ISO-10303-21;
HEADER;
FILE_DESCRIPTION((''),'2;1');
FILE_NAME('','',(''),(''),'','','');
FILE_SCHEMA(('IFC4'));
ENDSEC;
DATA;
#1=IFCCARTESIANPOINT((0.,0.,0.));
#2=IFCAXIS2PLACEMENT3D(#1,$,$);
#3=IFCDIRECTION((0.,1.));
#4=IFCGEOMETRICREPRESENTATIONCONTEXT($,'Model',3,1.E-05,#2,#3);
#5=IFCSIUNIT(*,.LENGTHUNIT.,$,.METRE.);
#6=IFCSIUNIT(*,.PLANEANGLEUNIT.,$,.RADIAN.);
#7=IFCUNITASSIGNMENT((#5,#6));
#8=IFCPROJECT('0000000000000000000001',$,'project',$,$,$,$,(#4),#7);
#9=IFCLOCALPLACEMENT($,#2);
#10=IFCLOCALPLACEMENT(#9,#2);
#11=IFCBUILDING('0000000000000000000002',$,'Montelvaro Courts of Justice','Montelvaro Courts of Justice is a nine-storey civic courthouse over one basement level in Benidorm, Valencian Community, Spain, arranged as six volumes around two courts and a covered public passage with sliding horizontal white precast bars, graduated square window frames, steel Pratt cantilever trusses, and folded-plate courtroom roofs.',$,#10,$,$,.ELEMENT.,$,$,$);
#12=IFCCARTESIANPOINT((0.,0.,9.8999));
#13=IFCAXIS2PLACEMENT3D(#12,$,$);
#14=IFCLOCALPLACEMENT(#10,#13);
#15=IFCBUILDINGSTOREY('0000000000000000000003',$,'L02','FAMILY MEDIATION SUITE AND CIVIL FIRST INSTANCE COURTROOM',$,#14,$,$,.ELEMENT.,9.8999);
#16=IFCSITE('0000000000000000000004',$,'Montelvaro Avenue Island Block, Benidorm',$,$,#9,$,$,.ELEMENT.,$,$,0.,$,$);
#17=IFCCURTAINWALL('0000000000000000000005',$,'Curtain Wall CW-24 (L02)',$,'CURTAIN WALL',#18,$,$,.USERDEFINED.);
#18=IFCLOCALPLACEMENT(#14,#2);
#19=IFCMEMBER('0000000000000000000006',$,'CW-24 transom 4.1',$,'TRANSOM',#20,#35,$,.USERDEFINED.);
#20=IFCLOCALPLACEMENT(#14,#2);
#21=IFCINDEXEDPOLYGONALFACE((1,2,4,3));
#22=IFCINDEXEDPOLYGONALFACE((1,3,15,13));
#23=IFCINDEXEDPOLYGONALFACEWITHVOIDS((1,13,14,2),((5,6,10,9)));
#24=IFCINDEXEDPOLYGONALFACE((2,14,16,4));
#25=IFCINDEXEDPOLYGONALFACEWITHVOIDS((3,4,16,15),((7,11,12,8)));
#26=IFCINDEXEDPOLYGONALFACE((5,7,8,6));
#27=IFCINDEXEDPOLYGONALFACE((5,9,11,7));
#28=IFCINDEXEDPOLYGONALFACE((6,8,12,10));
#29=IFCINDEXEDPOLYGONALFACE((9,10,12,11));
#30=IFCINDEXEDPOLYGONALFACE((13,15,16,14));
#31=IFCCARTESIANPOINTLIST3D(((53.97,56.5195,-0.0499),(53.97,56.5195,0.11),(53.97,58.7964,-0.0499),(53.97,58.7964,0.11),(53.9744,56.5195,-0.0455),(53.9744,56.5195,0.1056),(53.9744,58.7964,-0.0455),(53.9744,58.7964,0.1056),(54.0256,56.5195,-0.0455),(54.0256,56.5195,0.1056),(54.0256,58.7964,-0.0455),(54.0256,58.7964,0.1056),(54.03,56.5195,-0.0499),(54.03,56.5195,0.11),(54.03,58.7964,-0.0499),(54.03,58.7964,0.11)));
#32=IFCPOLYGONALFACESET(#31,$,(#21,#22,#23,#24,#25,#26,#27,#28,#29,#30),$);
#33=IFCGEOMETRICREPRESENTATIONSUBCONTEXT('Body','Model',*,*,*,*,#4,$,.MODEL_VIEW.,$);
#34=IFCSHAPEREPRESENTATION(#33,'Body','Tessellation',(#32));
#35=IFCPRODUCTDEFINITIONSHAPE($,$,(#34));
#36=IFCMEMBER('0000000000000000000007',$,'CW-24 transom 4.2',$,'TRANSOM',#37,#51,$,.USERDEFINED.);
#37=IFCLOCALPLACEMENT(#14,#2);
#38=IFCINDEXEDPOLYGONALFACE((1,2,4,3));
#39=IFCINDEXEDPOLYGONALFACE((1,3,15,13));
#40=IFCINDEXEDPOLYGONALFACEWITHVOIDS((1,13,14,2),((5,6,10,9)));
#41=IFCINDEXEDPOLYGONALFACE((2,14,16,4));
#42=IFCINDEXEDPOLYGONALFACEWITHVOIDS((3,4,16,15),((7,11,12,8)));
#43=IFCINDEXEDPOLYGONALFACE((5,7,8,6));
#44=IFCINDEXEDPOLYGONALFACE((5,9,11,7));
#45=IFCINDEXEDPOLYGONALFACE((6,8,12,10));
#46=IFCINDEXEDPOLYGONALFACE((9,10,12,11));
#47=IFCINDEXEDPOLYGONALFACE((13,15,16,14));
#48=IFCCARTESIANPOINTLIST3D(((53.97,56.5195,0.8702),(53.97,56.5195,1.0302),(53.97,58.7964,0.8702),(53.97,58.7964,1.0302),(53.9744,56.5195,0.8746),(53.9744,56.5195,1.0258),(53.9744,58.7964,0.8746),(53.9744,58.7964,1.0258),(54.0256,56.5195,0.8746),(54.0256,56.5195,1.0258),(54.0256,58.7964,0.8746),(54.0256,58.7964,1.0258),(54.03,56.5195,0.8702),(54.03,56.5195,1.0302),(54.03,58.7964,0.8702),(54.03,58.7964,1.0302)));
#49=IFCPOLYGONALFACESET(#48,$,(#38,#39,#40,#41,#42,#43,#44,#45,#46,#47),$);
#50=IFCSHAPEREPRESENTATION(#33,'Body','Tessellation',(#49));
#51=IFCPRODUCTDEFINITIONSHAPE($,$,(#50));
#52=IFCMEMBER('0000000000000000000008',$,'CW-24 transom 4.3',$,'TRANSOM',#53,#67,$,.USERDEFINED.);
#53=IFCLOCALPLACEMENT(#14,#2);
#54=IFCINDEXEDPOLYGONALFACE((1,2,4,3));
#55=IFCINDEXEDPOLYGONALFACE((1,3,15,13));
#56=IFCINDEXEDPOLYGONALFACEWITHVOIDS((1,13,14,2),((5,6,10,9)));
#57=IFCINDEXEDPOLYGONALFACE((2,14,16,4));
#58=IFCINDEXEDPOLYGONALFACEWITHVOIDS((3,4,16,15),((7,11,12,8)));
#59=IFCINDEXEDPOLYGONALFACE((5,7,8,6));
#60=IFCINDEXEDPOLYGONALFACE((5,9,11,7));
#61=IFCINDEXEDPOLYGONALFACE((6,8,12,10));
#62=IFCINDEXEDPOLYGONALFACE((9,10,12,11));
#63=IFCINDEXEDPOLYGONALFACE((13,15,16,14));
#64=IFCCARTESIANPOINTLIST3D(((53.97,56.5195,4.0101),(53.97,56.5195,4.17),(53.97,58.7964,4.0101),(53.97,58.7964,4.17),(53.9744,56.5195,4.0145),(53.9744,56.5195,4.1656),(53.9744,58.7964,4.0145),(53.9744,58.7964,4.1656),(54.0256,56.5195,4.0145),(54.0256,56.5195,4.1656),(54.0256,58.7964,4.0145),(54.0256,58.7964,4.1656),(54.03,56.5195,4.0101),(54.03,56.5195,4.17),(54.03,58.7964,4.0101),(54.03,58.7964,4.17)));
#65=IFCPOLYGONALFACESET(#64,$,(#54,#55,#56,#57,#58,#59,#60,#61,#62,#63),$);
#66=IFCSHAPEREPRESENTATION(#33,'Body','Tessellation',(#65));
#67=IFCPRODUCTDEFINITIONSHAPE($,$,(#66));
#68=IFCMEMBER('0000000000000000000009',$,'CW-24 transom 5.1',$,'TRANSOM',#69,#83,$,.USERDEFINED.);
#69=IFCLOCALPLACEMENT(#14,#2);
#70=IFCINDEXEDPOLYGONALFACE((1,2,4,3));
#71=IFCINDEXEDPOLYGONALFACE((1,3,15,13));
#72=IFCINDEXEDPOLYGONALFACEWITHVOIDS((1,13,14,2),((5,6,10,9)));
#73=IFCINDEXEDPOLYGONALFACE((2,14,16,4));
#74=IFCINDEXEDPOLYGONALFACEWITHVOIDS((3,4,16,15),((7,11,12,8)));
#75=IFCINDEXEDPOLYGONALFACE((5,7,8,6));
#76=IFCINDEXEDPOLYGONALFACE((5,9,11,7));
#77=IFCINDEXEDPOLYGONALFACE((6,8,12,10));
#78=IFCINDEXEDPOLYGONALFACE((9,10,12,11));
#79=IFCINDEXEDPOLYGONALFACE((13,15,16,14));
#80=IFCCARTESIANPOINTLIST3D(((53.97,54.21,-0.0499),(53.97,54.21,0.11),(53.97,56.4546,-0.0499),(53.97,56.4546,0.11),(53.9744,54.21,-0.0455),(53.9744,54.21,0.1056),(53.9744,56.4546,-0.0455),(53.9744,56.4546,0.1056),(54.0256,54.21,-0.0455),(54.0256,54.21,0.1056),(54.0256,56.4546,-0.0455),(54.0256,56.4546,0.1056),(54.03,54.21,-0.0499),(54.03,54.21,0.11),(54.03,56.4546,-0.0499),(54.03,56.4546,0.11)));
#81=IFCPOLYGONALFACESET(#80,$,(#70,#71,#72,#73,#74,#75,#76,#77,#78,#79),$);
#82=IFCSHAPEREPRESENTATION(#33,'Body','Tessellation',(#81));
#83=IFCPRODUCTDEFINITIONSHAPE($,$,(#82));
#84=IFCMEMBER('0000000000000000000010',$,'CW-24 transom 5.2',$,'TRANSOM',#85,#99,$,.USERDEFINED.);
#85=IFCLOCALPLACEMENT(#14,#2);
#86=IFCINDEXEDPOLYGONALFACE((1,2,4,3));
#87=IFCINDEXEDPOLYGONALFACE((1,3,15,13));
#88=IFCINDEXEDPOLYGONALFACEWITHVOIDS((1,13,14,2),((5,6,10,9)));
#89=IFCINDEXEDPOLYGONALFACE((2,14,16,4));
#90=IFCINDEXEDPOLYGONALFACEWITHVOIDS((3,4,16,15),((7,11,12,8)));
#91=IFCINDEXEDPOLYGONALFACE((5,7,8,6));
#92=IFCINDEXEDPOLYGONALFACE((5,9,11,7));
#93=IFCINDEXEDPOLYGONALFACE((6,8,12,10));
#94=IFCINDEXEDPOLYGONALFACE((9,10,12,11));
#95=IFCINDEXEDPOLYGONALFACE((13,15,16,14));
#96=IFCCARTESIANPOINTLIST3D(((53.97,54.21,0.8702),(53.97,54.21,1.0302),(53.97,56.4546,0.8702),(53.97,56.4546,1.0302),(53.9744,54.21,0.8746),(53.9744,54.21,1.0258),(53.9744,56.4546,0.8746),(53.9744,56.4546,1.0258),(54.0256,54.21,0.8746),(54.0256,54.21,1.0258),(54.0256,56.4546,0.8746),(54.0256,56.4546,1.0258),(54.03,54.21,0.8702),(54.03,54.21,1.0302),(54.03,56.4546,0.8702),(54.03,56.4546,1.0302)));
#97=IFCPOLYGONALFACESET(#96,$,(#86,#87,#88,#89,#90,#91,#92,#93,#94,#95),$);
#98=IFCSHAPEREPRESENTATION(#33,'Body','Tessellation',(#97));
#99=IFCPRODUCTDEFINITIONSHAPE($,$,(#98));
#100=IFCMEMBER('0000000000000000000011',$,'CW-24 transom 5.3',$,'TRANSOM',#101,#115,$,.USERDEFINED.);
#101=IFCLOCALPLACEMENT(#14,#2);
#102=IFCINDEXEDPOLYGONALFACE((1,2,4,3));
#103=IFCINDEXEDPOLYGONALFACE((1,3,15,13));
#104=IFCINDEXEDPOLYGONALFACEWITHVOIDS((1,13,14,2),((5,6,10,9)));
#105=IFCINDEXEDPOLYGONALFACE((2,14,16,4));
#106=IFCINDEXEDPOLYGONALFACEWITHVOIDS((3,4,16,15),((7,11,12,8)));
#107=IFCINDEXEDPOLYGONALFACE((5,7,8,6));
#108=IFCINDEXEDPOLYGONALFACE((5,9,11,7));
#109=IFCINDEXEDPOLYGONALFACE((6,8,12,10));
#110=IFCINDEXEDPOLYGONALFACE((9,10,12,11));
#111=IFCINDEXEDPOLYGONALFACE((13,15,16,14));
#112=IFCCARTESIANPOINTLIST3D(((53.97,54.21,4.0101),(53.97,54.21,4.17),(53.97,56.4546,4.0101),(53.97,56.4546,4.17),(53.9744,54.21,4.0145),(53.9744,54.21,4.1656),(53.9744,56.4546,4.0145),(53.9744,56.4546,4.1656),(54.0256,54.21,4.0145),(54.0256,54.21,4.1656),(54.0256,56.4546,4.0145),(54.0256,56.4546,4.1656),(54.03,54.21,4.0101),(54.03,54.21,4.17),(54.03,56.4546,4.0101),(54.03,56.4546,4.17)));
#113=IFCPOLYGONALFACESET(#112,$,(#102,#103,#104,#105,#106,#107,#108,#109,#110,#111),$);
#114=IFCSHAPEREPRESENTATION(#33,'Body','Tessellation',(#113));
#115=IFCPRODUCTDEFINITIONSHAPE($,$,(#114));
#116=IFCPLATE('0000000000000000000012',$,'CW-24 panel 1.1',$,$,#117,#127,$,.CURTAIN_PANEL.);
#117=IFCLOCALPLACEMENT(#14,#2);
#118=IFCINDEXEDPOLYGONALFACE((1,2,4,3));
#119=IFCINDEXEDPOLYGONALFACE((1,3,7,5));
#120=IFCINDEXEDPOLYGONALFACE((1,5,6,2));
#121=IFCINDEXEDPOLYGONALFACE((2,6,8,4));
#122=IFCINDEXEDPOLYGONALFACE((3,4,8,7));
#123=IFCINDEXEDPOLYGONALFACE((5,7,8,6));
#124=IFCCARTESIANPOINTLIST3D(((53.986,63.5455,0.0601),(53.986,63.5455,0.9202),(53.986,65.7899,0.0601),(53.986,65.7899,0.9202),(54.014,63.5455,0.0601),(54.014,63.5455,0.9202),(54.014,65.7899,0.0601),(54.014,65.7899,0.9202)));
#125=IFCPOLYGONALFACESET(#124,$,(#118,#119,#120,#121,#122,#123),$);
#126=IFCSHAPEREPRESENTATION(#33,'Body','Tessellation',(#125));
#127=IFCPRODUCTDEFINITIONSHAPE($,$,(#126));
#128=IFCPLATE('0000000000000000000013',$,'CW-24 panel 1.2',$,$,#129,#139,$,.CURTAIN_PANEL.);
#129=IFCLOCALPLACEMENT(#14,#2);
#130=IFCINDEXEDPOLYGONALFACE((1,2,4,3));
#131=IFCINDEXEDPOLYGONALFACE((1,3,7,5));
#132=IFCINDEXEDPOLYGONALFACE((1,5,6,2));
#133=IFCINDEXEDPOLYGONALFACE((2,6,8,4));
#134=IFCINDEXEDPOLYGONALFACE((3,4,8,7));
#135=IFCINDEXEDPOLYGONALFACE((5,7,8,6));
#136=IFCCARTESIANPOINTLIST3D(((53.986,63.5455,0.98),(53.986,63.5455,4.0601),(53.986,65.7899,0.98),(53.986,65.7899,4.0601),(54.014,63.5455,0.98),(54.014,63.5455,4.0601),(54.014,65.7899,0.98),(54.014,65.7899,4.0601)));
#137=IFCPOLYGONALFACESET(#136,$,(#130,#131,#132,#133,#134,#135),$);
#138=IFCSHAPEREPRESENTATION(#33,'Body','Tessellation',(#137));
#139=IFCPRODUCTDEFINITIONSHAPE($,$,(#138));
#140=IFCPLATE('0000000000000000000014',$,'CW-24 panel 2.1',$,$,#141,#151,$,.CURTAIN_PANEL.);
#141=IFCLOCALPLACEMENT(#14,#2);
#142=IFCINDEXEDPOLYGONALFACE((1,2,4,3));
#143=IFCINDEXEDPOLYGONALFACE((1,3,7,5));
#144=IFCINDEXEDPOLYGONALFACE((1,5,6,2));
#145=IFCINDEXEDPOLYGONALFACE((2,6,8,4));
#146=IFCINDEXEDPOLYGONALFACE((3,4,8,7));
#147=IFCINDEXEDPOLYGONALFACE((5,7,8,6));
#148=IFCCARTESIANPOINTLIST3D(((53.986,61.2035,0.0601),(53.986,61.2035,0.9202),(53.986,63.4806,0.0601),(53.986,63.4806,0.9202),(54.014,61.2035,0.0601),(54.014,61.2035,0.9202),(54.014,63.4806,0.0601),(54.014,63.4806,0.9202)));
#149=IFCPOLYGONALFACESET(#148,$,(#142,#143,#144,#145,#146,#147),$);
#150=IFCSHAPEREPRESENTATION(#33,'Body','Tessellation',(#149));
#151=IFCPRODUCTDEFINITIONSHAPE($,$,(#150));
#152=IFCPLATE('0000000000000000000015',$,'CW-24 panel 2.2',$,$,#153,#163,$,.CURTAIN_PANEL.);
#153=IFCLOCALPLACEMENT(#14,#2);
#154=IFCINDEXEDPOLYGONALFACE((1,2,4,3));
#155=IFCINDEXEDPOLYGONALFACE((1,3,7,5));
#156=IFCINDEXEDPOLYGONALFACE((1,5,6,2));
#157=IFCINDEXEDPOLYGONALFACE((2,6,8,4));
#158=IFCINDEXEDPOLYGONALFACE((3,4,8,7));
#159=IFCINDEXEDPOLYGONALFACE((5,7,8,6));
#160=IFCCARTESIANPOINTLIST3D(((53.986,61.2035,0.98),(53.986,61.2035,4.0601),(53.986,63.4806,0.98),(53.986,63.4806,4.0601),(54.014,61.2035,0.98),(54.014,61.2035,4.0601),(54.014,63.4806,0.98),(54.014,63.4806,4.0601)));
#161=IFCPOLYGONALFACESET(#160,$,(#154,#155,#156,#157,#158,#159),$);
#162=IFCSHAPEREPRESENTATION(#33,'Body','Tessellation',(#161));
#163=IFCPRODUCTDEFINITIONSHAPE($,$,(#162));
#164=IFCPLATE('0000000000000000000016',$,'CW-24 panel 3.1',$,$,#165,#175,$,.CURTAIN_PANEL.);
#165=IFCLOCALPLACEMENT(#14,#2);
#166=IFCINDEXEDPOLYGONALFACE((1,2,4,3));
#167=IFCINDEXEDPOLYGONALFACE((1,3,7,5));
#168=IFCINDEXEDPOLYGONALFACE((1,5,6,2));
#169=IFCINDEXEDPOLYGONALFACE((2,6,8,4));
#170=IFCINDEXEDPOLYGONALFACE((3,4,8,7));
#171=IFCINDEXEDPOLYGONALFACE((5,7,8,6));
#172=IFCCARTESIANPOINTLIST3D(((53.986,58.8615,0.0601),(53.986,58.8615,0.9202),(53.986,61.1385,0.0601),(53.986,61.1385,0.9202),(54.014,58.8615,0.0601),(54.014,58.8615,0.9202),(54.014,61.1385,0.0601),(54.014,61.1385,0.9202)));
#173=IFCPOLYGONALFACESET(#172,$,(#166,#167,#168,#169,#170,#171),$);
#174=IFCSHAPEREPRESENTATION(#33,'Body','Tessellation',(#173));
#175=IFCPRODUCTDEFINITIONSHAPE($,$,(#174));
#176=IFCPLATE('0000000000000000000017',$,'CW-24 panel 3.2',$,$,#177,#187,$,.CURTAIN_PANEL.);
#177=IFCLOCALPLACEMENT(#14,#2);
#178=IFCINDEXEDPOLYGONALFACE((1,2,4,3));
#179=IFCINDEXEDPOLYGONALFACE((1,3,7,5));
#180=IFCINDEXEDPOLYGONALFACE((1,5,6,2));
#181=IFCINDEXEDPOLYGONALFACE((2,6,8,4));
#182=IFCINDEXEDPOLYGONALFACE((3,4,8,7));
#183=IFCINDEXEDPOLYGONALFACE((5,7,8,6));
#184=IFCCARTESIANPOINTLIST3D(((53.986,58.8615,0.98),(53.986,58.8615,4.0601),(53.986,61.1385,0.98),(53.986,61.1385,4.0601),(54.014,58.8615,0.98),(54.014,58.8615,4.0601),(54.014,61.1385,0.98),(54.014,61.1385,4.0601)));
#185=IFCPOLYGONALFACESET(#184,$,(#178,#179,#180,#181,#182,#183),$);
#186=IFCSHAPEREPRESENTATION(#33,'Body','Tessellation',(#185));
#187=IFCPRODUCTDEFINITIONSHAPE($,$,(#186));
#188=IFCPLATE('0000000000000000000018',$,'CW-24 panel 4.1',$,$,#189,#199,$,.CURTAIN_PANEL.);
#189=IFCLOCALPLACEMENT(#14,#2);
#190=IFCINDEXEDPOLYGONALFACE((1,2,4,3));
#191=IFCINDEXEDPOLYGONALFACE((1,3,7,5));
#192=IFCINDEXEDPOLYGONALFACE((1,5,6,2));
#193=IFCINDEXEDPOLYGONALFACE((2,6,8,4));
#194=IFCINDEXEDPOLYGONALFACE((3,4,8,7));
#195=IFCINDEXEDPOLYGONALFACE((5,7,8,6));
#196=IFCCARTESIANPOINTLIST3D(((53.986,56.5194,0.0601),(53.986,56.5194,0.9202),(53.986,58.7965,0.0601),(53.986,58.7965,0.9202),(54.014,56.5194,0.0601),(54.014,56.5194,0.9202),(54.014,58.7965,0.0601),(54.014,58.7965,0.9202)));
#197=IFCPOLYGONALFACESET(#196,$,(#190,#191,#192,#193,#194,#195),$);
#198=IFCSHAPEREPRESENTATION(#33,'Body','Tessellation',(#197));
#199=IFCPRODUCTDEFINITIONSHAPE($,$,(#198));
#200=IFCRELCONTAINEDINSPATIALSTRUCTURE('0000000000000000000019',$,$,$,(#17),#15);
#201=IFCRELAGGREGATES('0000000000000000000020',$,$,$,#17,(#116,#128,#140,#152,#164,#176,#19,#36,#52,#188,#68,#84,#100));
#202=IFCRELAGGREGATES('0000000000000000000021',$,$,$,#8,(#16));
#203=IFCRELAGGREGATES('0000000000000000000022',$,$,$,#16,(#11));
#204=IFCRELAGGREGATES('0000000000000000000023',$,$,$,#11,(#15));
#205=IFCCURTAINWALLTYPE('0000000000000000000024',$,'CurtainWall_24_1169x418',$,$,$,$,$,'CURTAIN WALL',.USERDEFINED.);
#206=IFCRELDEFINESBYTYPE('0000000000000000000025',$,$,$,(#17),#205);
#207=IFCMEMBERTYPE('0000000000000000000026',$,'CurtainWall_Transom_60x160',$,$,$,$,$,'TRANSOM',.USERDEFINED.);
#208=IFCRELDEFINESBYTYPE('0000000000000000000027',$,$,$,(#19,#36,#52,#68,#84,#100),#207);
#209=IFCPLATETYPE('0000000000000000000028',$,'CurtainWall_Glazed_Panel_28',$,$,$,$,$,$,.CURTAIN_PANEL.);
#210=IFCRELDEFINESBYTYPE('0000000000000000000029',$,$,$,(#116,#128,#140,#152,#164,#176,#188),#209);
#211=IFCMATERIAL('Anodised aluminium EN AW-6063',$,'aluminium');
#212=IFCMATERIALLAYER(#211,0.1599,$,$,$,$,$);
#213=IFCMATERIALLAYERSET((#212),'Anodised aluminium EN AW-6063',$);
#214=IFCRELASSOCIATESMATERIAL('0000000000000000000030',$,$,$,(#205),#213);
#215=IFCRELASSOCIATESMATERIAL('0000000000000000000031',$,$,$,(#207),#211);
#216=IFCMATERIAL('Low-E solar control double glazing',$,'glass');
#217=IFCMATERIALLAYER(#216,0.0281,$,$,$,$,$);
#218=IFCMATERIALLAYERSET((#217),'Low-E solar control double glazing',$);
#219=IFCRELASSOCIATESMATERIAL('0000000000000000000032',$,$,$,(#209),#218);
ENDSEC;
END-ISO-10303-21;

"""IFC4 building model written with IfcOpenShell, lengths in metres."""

from ifc_helpers import new_model, si_unit, direction, frame, origin, origin_2d, place, context, subcontext, project, spatial, rectangle, hollow_rectangle, extrude, material, layer, layer_set, material_profile, profile_set, type_object, element, aggregate, save


model = new_model("IFC4")

# Units and contexts
model_context = context("Model", 3, precision=1e-05, world=origin(), true_north=direction((0.0, 1.0)))
body_context = subcontext(model_context, "Body", "Model", "MODEL_VIEW")
ifc_project = project(units=[si_unit("LENGTHUNIT", "METRE"), si_unit("PLANEANGLEUNIT", "RADIAN")], contexts=[model_context])

# Site, building, storey
site_placement = place(None, origin())
site = spatial("IfcSite", under=ifc_project, at=site_placement, Name="Montelvaro Avenue Island Block, Benidorm", CompositionType="ELEMENT", RefElevation=0.0)
building_placement = place(site_placement, origin())
building = spatial("IfcBuilding", under=site, at=building_placement, Name="Montelvaro Courts of Justice", Description="Montelvaro Courts of Justice is a nine-storey civic courthouse over one basement level in Benidorm, Valencian Community, Spain, arranged as six volumes around two courts and a covered public passage with sliding horizontal white precast bars, graduated square window frames, steel Pratt cantilever trusses, and folded-plate courtroom roofs.", CompositionType="ELEMENT")
storey_placement = place(building_placement, frame((0.0, 0.0, 9.8999)))
storey = spatial("IfcBuildingStorey", under=building, at=storey_placement, Name="L02", Description="FAMILY MEDIATION SUITE AND CIVIL FIRST INSTANCE COURTROOM", CompositionType="ELEMENT", Elevation=9.8999)

# Curtain wall, members, plates
ifc_material_1 = material(Name="Anodised aluminium EN AW-6063", Category="aluminium")
ifc_layer_1 = layer(ifc_material_1, 0.1599)
ifc_layer_set_1 = layer_set([ifc_layer_1], Name="Anodised aluminium EN AW-6063")
curtain_wall_type = type_object("IfcCurtainWallType", Name="CurtainWall_24_1169x418", ElementType="CURTAIN WALL", PredefinedType="USERDEFINED", material=ifc_layer_set_1)
curtain_wall_placement = place(storey_placement, origin())
curtain_wall = element("IfcCurtainWall", 1, at=curtain_wall_placement, inside=storey, type_object=curtain_wall_type, Name="Curtain Wall CW-24 (L02)", ObjectType="CURTAIN WALL", PredefinedType="USERDEFINED")
ifc_material_profile_1 = material_profile(ifc_material_1, hollow_rectangle(XDim=0.0601, YDim=0.1599, WallThickness=0.0044, at=origin_2d()), Name="ALU-T 60x160")
ifc_profile_set_1 = profile_set([ifc_material_profile_1], Name="Anodised aluminium EN AW-6063")
member_type_1 = type_object("IfcMemberType", Name="CurtainWall_Transom_60x160", ElementType="TRANSOM", PredefinedType="USERDEFINED", material=ifc_profile_set_1)
member_1_placement = place(storey_placement, frame((54.0, 58.7964, 0.03), z_axis=(0.0, -1.0, 0.0), x_axis=(1.0, 0.0, 0.0)))
member_1 = element("IfcMember", 2, at=member_1_placement, type_object=member_type_1, Name="CW-24 transom 4.1", ObjectType="TRANSOM", PredefinedType="USERDEFINED", context=body_context, shape_type="SweptSolid", body=[
    extrude(hollow_rectangle(XDim=0.0601, YDim=0.1599, WallThickness=0.0044, at=origin_2d()), origin(), (0.0, 0.0, 1.0), 2.2769),
])
member_2_placement = place(storey_placement, frame((54.0, 58.7964, 0.9502), z_axis=(0.0, -1.0, 0.0), x_axis=(1.0, 0.0, 0.0)))
member_2 = element("IfcMember", 3, at=member_2_placement, type_object=member_type_1, Name="CW-24 transom 4.2", ObjectType="TRANSOM", PredefinedType="USERDEFINED", context=body_context, shape_type="SweptSolid", body=[
    extrude(hollow_rectangle(XDim=0.0601, YDim=0.1599, WallThickness=0.0044, at=origin_2d()), origin(), (0.0, 0.0, 1.0), 2.2769),
])
member_3_placement = place(storey_placement, frame((54.0, 58.7964, 4.0901), z_axis=(0.0, -1.0, 0.0), x_axis=(1.0, 0.0, 0.0)))
member_3 = element("IfcMember", 4, at=member_3_placement, type_object=member_type_1, Name="CW-24 transom 4.3", ObjectType="TRANSOM", PredefinedType="USERDEFINED", context=body_context, shape_type="SweptSolid", body=[
    extrude(hollow_rectangle(XDim=0.0601, YDim=0.1599, WallThickness=0.0044, at=origin_2d()), origin(), (0.0, 0.0, 1.0), 2.2769),
])
member_4_placement = place(storey_placement, frame((54.0, 56.4546, 0.03), z_axis=(0.0, -1.0, 0.0), x_axis=(1.0, 0.0, 0.0)))
member_4 = element("IfcMember", 5, at=member_4_placement, type_object=member_type_1, Name="CW-24 transom 5.1", ObjectType="TRANSOM", PredefinedType="USERDEFINED", context=body_context, shape_type="SweptSolid", body=[
    extrude(hollow_rectangle(XDim=0.0601, YDim=0.1599, WallThickness=0.0044, at=origin_2d()), origin(), (0.0, 0.0, 1.0), 2.2446),
])
member_5_placement = place(storey_placement, frame((54.0, 56.4546, 0.9502), z_axis=(0.0, -1.0, 0.0), x_axis=(1.0, 0.0, 0.0)))
member_5 = element("IfcMember", 6, at=member_5_placement, type_object=member_type_1, Name="CW-24 transom 5.2", ObjectType="TRANSOM", PredefinedType="USERDEFINED", context=body_context, shape_type="SweptSolid", body=[
    extrude(hollow_rectangle(XDim=0.0601, YDim=0.1599, WallThickness=0.0044, at=origin_2d()), origin(), (0.0, 0.0, 1.0), 2.2446),
])
member_6_placement = place(storey_placement, frame((54.0, 56.4546, 4.0901), z_axis=(0.0, -1.0, 0.0), x_axis=(1.0, 0.0, 0.0)))
member_6 = element("IfcMember", 7, at=member_6_placement, type_object=member_type_1, Name="CW-24 transom 5.3", ObjectType="TRANSOM", PredefinedType="USERDEFINED", context=body_context, shape_type="SweptSolid", body=[
    extrude(hollow_rectangle(XDim=0.0601, YDim=0.1599, WallThickness=0.0044, at=origin_2d()), origin(), (0.0, 0.0, 1.0), 2.2446),
])
ifc_material_2 = material(Name="Low-E solar control double glazing", Category="glass")
ifc_layer_2 = layer(ifc_material_2, 0.0281)
ifc_layer_set_2 = layer_set([ifc_layer_2], Name="Low-E solar control double glazing")
plate_type = type_object("IfcPlateType", Name="CurtainWall_Glazed_Panel_28", PredefinedType="CURTAIN_PANEL", material=ifc_layer_set_2)
plate_1_placement = place(storey_placement, frame((54.0, 64.6677, 0.0601), z_axis=(0.0, 0.0, 1.0), x_axis=(0.0, -1.0, 0.0)))
plate_1 = element("IfcPlate", 8, at=plate_1_placement, type_object=plate_type, Name="CW-24 panel 1.1", PredefinedType="CURTAIN_PANEL", context=body_context, shape_type="SweptSolid", body=[
    extrude(rectangle(XDim=2.2444, YDim=0.0281, at=origin_2d()), origin(), (0.0, 0.0, 1.0), 0.8601),
])
plate_2_placement = place(storey_placement, frame((54.0, 64.6677, 0.98), z_axis=(0.0, 0.0, 1.0), x_axis=(0.0, -1.0, 0.0)))
plate_2 = element("IfcPlate", 9, at=plate_2_placement, type_object=plate_type, Name="CW-24 panel 1.2", PredefinedType="CURTAIN_PANEL", context=body_context, shape_type="SweptSolid", body=[
    extrude(rectangle(XDim=2.2444, YDim=0.0281, at=origin_2d()), origin(), (0.0, 0.0, 1.0), 3.0801),
])
plate_3_placement = place(storey_placement, frame((54.0, 62.342, 0.0601), z_axis=(0.0, 0.0, 1.0), x_axis=(0.0, -1.0, 0.0)))
plate_3 = element("IfcPlate", 10, at=plate_3_placement, type_object=plate_type, Name="CW-24 panel 2.1", PredefinedType="CURTAIN_PANEL", context=body_context, shape_type="SweptSolid", body=[
    extrude(rectangle(XDim=2.2771, YDim=0.0281, at=origin_2d()), origin(), (0.0, 0.0, 1.0), 0.8601),
])
plate_4_placement = place(storey_placement, frame((54.0, 62.342, 0.98), z_axis=(0.0, 0.0, 1.0), x_axis=(0.0, -1.0, 0.0)))
plate_4 = element("IfcPlate", 11, at=plate_4_placement, type_object=plate_type, Name="CW-24 panel 2.2", PredefinedType="CURTAIN_PANEL", context=body_context, shape_type="SweptSolid", body=[
    extrude(rectangle(XDim=2.2771, YDim=0.0281, at=origin_2d()), origin(), (0.0, 0.0, 1.0), 3.0801),
])
plate_5_placement = place(storey_placement, frame((54.0, 60.0, 0.0601), z_axis=(0.0, 0.0, 1.0), x_axis=(0.0, -1.0, 0.0)))
plate_5 = element("IfcPlate", 12, at=plate_5_placement, type_object=plate_type, Name="CW-24 panel 3.1", PredefinedType="CURTAIN_PANEL", context=body_context, shape_type="SweptSolid", body=[
    extrude(rectangle(XDim=2.2771, YDim=0.0281, at=origin_2d()), origin(), (0.0, 0.0, 1.0), 0.8601),
])
plate_6_placement = place(storey_placement, frame((54.0, 60.0, 0.98), z_axis=(0.0, 0.0, 1.0), x_axis=(0.0, -1.0, 0.0)))
plate_6 = element("IfcPlate", 13, at=plate_6_placement, type_object=plate_type, Name="CW-24 panel 3.2", PredefinedType="CURTAIN_PANEL", context=body_context, shape_type="SweptSolid", body=[
    extrude(rectangle(XDim=2.2771, YDim=0.0281, at=origin_2d()), origin(), (0.0, 0.0, 1.0), 3.0801),
])
plate_7_placement = place(storey_placement, frame((54.0, 57.658, 0.0601), z_axis=(0.0, 0.0, 1.0), x_axis=(0.0, -1.0, 0.0)))
plate_7 = element("IfcPlate", 14, at=plate_7_placement, type_object=plate_type, Name="CW-24 panel 4.1", PredefinedType="CURTAIN_PANEL", context=body_context, shape_type="SweptSolid", body=[
    extrude(rectangle(XDim=2.2771, YDim=0.0281, at=origin_2d()), origin(), (0.0, 0.0, 1.0), 0.8601),
])
aggregate(curtain_wall, [plate_1, plate_2, plate_3, plate_4, plate_5, plate_6, member_1, member_2, member_3, plate_7, member_4, member_5, member_6])

save(model, "model.ifc")
